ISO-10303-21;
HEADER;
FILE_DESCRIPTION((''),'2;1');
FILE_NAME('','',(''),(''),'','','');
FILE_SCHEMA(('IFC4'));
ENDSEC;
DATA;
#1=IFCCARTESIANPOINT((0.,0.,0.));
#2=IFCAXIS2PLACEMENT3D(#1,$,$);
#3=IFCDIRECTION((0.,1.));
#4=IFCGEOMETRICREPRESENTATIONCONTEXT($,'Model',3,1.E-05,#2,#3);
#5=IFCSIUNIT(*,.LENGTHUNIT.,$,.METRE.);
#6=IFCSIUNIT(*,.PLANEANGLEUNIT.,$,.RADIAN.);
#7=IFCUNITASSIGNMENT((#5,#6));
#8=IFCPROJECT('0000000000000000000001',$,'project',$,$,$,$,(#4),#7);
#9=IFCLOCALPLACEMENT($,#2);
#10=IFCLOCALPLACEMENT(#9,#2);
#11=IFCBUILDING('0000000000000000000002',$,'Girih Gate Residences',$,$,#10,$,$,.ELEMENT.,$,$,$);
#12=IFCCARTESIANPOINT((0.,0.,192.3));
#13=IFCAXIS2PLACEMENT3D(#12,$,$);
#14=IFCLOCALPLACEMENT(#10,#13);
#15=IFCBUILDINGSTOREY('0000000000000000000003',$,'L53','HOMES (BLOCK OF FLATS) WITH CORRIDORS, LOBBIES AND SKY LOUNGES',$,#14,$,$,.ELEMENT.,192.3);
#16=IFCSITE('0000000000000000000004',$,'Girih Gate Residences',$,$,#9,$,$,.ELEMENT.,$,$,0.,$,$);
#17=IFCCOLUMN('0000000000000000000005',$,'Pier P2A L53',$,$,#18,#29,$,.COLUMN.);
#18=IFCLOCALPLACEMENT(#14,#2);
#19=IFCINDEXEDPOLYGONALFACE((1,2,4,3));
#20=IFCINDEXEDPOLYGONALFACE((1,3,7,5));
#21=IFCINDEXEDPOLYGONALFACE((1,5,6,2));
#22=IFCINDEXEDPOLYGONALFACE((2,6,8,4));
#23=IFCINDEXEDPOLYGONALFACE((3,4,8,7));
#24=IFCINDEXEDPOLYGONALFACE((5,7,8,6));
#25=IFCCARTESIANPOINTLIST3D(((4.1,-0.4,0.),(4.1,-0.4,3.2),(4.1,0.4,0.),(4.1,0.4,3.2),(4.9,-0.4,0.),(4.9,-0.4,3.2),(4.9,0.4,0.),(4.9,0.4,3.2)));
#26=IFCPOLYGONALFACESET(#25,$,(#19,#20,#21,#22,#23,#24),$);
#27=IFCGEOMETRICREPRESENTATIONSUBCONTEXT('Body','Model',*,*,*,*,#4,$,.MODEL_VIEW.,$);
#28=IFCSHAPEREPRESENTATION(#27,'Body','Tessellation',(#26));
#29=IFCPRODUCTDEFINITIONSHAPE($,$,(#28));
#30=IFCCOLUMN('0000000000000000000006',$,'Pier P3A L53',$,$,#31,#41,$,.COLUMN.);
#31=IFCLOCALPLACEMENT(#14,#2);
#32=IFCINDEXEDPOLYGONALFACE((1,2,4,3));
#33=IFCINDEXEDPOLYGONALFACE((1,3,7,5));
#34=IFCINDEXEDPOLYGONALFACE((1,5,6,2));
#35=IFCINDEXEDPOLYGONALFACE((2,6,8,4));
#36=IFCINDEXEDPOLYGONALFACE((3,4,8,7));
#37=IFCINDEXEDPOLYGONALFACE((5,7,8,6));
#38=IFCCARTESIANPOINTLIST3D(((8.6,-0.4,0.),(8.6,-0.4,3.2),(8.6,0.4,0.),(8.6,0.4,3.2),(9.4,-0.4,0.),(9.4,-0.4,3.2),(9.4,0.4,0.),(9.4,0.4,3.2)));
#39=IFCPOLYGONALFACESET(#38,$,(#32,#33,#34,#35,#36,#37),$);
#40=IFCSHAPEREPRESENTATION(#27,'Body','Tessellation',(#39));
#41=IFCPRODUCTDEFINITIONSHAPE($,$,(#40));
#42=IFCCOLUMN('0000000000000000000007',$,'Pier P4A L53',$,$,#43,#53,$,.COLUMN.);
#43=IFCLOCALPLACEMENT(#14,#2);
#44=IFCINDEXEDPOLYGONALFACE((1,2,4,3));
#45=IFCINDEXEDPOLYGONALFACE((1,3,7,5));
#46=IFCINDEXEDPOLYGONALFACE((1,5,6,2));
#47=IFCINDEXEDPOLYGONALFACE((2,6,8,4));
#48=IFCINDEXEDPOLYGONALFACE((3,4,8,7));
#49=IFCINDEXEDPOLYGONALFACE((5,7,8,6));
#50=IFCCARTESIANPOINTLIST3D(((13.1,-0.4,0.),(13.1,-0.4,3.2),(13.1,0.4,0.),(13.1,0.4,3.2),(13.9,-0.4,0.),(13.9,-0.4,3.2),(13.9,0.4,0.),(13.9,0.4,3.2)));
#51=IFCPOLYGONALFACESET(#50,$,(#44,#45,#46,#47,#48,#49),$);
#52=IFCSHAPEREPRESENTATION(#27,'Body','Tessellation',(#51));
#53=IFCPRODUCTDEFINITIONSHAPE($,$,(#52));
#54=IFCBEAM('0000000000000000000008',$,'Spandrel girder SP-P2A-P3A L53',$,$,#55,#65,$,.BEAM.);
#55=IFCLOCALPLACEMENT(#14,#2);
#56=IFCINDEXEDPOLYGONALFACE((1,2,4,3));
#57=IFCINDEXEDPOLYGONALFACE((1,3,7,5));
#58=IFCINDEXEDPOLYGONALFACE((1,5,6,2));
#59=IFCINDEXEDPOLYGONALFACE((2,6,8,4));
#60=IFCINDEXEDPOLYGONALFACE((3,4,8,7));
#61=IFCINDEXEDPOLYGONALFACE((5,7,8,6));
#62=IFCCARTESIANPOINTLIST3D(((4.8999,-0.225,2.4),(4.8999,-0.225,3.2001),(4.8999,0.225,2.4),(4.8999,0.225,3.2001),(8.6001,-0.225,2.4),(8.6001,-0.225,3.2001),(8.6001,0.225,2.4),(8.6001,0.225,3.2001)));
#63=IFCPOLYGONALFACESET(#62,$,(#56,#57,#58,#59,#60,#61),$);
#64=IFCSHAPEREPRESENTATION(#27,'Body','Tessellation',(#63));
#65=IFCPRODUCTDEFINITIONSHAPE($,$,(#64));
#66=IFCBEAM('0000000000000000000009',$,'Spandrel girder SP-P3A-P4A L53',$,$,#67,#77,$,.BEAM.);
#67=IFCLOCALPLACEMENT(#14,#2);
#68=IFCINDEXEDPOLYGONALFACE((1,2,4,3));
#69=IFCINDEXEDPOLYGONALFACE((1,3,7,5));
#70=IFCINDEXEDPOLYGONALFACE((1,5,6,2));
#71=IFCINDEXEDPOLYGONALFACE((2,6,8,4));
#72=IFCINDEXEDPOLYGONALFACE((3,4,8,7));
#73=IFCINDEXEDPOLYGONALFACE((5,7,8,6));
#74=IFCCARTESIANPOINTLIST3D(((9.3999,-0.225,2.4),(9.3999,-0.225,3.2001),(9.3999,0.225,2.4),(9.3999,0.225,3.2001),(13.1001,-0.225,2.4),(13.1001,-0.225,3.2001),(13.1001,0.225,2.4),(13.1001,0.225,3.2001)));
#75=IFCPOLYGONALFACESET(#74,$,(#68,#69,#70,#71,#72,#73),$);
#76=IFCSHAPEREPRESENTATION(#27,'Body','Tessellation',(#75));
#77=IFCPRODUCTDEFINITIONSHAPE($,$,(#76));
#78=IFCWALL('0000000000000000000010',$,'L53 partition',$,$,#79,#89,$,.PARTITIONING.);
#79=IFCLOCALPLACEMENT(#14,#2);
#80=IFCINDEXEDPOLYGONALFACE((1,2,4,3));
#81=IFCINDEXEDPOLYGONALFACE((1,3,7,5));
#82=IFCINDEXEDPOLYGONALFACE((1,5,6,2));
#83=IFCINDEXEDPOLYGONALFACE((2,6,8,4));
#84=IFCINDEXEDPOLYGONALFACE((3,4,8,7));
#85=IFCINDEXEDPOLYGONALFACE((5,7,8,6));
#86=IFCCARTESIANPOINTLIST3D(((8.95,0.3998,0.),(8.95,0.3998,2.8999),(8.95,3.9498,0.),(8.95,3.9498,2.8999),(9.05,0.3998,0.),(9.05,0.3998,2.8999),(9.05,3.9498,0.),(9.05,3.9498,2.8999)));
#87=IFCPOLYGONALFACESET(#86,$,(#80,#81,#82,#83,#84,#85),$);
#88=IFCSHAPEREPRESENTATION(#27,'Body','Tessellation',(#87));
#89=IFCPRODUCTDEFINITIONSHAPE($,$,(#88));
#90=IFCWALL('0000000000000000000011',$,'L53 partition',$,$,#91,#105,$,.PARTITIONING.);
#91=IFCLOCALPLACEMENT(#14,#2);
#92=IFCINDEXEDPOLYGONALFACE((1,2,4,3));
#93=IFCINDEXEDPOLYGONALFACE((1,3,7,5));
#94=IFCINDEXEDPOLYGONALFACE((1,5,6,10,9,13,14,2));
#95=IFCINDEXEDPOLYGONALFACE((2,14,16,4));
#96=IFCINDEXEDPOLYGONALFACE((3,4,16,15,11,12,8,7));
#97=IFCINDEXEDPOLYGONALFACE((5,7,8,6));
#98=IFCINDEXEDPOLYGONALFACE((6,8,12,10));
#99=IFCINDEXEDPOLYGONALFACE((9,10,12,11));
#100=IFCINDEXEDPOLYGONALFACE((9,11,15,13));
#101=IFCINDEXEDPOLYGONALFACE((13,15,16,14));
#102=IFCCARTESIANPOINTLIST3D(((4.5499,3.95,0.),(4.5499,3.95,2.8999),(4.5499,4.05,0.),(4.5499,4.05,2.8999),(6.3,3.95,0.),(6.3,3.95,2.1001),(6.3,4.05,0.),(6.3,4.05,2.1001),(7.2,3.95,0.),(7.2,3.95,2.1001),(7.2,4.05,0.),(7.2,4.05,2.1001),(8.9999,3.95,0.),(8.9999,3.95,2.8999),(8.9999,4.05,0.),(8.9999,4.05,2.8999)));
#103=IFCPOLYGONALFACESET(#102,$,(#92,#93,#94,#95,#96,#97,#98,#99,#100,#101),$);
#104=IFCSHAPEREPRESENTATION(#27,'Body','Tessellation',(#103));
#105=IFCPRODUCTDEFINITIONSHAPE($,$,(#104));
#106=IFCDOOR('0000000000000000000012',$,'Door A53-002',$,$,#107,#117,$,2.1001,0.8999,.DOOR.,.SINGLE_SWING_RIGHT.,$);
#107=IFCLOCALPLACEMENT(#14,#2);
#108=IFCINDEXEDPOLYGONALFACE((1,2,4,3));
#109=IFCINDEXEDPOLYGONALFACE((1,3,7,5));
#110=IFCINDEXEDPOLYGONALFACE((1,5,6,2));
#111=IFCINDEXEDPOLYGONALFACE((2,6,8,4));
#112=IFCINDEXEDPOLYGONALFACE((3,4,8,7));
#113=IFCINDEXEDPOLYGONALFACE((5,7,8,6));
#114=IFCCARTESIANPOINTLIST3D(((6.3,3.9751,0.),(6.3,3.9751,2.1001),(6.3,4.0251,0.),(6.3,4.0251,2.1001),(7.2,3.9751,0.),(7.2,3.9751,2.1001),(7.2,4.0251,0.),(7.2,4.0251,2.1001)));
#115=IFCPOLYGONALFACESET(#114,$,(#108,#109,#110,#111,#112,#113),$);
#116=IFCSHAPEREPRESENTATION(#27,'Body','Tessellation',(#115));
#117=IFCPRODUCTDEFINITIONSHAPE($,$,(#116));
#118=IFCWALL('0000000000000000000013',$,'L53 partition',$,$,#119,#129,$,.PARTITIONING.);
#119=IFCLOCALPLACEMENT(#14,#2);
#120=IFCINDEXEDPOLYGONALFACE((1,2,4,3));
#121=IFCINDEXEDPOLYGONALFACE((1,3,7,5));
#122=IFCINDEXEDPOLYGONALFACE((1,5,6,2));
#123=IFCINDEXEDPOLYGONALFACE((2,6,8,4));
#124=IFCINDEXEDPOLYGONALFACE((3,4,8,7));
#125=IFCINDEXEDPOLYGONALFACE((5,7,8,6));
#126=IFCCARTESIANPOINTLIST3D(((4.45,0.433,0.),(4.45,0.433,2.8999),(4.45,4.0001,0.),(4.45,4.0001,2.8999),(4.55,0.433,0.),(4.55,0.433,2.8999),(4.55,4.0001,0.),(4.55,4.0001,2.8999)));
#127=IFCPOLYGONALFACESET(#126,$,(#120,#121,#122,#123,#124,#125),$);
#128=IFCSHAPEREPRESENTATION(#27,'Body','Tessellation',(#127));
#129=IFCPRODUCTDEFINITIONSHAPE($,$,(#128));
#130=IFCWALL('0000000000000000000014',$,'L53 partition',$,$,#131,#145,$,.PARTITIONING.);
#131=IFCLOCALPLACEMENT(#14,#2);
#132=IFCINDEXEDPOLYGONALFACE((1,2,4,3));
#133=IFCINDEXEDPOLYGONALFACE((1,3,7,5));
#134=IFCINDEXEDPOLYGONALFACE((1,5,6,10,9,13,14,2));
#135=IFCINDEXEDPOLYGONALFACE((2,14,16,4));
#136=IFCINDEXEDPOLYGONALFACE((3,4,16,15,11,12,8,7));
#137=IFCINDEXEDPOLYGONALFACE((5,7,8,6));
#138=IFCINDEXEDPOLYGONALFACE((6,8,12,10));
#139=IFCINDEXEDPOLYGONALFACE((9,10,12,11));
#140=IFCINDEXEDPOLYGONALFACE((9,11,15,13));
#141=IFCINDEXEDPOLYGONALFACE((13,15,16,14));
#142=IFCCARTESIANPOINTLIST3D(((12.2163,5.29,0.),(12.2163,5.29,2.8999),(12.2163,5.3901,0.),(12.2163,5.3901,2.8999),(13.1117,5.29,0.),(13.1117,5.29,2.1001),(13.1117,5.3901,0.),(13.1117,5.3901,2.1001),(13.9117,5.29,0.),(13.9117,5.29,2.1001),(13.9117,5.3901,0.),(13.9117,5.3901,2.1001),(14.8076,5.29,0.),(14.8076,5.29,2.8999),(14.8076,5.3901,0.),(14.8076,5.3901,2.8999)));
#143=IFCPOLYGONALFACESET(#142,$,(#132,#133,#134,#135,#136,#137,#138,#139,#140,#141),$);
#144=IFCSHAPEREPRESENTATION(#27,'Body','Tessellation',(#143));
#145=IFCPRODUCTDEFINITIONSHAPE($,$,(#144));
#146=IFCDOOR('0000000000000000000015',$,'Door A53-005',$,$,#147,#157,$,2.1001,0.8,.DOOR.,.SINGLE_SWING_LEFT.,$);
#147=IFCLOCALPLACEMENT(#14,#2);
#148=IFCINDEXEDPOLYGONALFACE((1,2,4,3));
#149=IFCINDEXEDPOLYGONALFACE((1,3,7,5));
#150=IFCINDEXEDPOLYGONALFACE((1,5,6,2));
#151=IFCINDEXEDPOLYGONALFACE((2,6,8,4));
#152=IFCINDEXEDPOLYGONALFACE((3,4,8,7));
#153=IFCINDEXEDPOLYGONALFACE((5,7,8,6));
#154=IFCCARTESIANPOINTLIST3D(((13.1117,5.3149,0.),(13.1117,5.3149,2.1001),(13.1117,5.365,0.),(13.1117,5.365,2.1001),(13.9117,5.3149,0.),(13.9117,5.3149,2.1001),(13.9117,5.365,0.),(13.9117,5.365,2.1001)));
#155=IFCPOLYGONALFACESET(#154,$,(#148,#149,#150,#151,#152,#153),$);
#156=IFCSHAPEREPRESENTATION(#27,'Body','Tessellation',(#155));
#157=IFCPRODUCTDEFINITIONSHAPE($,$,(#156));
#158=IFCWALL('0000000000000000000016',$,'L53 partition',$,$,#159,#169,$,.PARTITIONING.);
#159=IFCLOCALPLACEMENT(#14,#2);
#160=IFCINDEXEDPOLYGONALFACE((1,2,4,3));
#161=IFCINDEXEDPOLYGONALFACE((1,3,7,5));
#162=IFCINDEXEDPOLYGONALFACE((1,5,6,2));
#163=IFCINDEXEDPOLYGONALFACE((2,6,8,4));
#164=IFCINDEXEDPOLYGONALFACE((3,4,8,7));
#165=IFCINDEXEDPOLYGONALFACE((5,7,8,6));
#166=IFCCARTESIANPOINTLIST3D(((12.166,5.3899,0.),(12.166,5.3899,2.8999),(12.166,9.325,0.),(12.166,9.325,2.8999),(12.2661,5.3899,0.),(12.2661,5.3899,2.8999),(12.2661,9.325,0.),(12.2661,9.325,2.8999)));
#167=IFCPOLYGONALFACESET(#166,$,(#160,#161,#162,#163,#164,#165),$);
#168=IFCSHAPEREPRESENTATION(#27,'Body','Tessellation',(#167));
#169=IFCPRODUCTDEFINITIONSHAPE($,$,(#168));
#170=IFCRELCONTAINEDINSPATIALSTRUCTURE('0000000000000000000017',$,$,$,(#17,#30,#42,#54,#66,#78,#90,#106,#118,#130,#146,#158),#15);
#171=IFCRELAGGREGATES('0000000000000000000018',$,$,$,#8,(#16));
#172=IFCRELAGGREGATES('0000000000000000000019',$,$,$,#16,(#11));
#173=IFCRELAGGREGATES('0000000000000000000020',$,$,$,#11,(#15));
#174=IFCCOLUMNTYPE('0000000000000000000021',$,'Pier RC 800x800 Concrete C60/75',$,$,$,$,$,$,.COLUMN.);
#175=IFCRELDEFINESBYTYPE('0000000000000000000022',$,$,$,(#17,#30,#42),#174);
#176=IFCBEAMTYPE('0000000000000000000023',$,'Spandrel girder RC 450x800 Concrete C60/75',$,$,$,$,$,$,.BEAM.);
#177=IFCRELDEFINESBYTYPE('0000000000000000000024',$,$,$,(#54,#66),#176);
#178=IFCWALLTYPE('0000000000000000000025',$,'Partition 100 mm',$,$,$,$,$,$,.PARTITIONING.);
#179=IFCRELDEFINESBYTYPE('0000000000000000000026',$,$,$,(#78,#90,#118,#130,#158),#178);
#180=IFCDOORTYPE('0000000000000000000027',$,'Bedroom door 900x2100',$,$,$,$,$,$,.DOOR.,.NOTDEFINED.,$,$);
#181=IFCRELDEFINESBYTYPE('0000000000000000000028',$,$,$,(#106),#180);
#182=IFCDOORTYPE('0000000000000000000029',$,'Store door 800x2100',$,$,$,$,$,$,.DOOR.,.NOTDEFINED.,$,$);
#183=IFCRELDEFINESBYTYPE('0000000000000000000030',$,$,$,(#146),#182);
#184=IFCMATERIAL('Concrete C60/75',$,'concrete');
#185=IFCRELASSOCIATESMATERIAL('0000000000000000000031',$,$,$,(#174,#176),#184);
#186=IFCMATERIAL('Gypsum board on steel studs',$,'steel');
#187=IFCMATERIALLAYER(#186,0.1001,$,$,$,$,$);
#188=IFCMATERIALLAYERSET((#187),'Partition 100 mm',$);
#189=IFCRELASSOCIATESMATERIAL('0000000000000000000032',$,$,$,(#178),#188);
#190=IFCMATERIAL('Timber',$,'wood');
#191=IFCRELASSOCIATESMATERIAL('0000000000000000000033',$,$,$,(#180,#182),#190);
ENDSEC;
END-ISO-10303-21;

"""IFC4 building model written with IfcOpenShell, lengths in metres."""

from ifc_helpers import new_model, si_unit, direction, frame, frame_2d, origin, origin_2d, place, context, subcontext, project, spatial, rectangle, extrude, material, layer, layer_set, material_profile, profile_set, type_object, element, fill, save


model = new_model("IFC4")

# Units and contexts
model_context = context("Model", 3, precision=1e-05, world=origin(), true_north=direction((0.0, 1.0)))
body_context = subcontext(model_context, "Body", "Model", "MODEL_VIEW")
ifc_project = project(units=[si_unit("LENGTHUNIT", "METRE"), si_unit("PLANEANGLEUNIT", "RADIAN")], contexts=[model_context])

# Site, building, storey
site_placement = place(None, origin())
site = spatial("IfcSite", under=ifc_project, at=site_placement, Name="Girih Gate Residences", CompositionType="ELEMENT", RefElevation=0.0)
building_placement = place(site_placement, origin())
building = spatial("IfcBuilding", under=site, at=building_placement, Name="Girih Gate Residences", CompositionType="ELEMENT")
storey_placement = place(building_placement, frame((0.0, 0.0, 192.3)))
storey = spatial("IfcBuildingStorey", under=building, at=storey_placement, Name="L53", Description="HOMES (BLOCK OF FLATS) WITH CORRIDORS, LOBBIES AND SKY LOUNGES", CompositionType="ELEMENT", Elevation=192.3)

# Columns
ifc_material_1 = material(Name="Concrete C60/75", Category="concrete")
ifc_material_profile_1 = material_profile(ifc_material_1, rectangle(XDim=0.8, YDim=0.8, at=origin_2d()))
ifc_profile_set_1 = profile_set([ifc_material_profile_1], Name="Concrete C60/75")
column_type = type_object("IfcColumnType", Name="Pier RC 800x800 Concrete C60/75", PredefinedType="COLUMN", material=ifc_profile_set_1)
for number, where, z_axis, x_axis, name in (
    (1, (4.5, 0.0, 0.0), (0.0, 0.0, 1.0), (1.0, 0.0, 0.0), "Pier P2A L53"),
    (2, (9.0, 0.0, 0.0), (0.0, 0.0, 1.0), (1.0, 0.0, 0.0), "Pier P3A L53"),
    (3, (13.5, 0.0, 0.0), (0.0, 0.0, 1.0), (1.0, 0.0, 0.0), "Pier P4A L53"),
):
    element("IfcColumn", number, at=place(storey_placement, frame(where, z_axis=z_axis, x_axis=x_axis)), inside=storey, type_object=column_type, Name=name, PredefinedType="COLUMN", context=body_context, shape_type="SweptSolid", body=[
        extrude(rectangle(XDim=0.8, YDim=0.8, at=origin_2d()), origin(), (0.0, 0.0, 1.0), 3.2),
    ])

# Beams
ifc_material_profile_2 = material_profile(ifc_material_1, rectangle(XDim=0.45, YDim=0.8, at=origin_2d()))
ifc_profile_set_2 = profile_set([ifc_material_profile_2], Name="Concrete C60/75")
beam_type = type_object("IfcBeamType", Name="Spandrel girder RC 450x800 Concrete C60/75", PredefinedType="BEAM", material=ifc_profile_set_2)
for number, where, z_axis, x_axis, name in (
    (4, (4.8999, 0.0, 2.8), (1.0, 0.0, 0.0), (0.0, 1.0, 0.0), "Spandrel girder SP-P2A-P3A L53"),
    (5, (9.3999, 0.0, 2.8), (1.0, 0.0, 0.0), (0.0, 1.0, 0.0), "Spandrel girder SP-P3A-P4A L53"),
):
    element("IfcBeam", number, at=place(storey_placement, frame(where, z_axis=z_axis, x_axis=x_axis)), inside=storey, type_object=beam_type, Name=name, PredefinedType="BEAM", context=body_context, shape_type="SweptSolid", body=[
        extrude(rectangle(XDim=0.45, YDim=0.8, at=origin_2d()), origin(), (0.0, 0.0, 1.0), 3.7002),
    ])

# Wall
ifc_material_2 = material(Name="Gypsum board on steel studs", Category="steel")
ifc_layer_1 = layer(ifc_material_2, 0.1001)
ifc_layer_set_1 = layer_set([ifc_layer_1], Name="Partition 100 mm")
wall_type_1 = type_object("IfcWallType", Name="Partition 100 mm", PredefinedType="PARTITIONING", material=ifc_layer_set_1)
wall_1_placement = place(storey_placement, frame((9.0, 0.3999, 0.0), z_axis=(0.0, 0.0, 1.0), x_axis=(0.0, 1.0, 0.0)))
element("IfcWall", 6, at=wall_1_placement, inside=storey, type_object=wall_type_1, Name="L53 partition", PredefinedType="PARTITIONING", context=body_context, shape_type="SweptSolid", body=[
    extrude(rectangle(XDim=3.55, YDim=0.1001, at=frame_2d((1.7749, 0.0))), origin(), (0.0, 0.0, 1.0), 2.8999),
])

# Wall, opening, door
wall_2_placement = place(storey_placement, frame((9.0, 4.0, 0.0), z_axis=(0.0, 0.0, 1.0), x_axis=(-1.0, 0.0, 0.0)))
wall_2 = element("IfcWall", 7, at=wall_2_placement, inside=storey, type_object=wall_type_1, Name="L53 partition", PredefinedType="PARTITIONING", context=body_context, shape_type="SweptSolid", body=[
    extrude(rectangle(XDim=4.45, YDim=0.1001, at=frame_2d((2.2251, 0.0))), origin(), (0.0, 0.0, 1.0), 2.8999),
])
opening_1_placement = place(wall_2_placement, frame((1.8, 0.0, 0.0)))
opening_1 = element("IfcOpeningElement", 8, at=opening_1_placement, cuts=wall_2, PredefinedType="OPENING", context=body_context, shape_type="SweptSolid", body=[
    extrude(rectangle(XDim=0.8999, YDim=2.1001, at=frame_2d((0.45, 1.05))), frame((0.0, 0.0601, 0.0), z_axis=(0.0, -1.0, 0.0), x_axis=(1.0, 0.0, 0.0)), (0.0, 0.0, 1.0), 0.1201),
])
ifc_material_3 = material(Name="Timber", Category="wood")
door_type_1 = type_object("IfcDoorType", Name="Bedroom door 900x2100", OperationType="NOTDEFINED", PredefinedType="DOOR", material=ifc_material_3)
door_1_placement = place(opening_1_placement, origin())
door_1 = element("IfcDoor", 9, at=door_1_placement, inside=storey, type_object=door_type_1, Name="Door A53-002", OperationType="SINGLE_SWING_RIGHT", OverallHeight=2.1001, OverallWidth=0.8999, PredefinedType="DOOR", context=body_context, shape_type="SweptSolid", body=[
    extrude(rectangle(XDim=0.8999, YDim=2.1001, at=frame_2d((0.45, 1.05))), frame((0.0, 0.0249, 0.0), z_axis=(0.0, -1.0, 0.0), x_axis=(1.0, 0.0, 0.0)), (0.0, 0.0, 1.0), 0.05),
])
fill(opening_1, door_1)

# Wall
wall_3_placement = place(storey_placement, frame((4.5, 0.4329, 0.0), z_axis=(0.0, 0.0, 1.0), x_axis=(0.0, 1.0, 0.0)))
element("IfcWall", 10, at=wall_3_placement, inside=storey, type_object=wall_type_1, Name="L53 partition", PredefinedType="PARTITIONING", context=body_context, shape_type="SweptSolid", body=[
    extrude(rectangle(XDim=3.5671, YDim=0.1001, at=frame_2d((1.7837, 0.0))), origin(), (0.0, 0.0, 1.0), 2.8999),
])

# Wall, opening, door
wall_4_placement = place(storey_placement, frame((12.2163, 5.3401, 0.0), z_axis=(0.0, 0.0, 1.0), x_axis=(1.0, 0.0, 0.0)))
wall_4 = element("IfcWall", 11, at=wall_4_placement, inside=storey, type_object=wall_type_1, Name="L53 partition", PredefinedType="PARTITIONING", context=body_context, shape_type="SweptSolid", body=[
    extrude(rectangle(XDim=2.5913, YDim=0.1001, at=frame_2d((1.2957, 0.0))), origin(), (0.0, 0.0, 1.0), 2.8999),
])
opening_2_placement = place(wall_4_placement, frame((0.8955, 0.0, 0.0)))
opening_2 = element("IfcOpeningElement", 12, at=opening_2_placement, cuts=wall_4, PredefinedType="OPENING", context=body_context, shape_type="SweptSolid", body=[
    extrude(rectangle(XDim=0.8, YDim=2.1001, at=frame_2d((0.3999, 1.05))), frame((0.0, 0.0601, 0.0), z_axis=(0.0, -1.0, 0.0), x_axis=(1.0, 0.0, 0.0)), (0.0, 0.0, 1.0), 0.1201),
])
door_type_2 = type_object("IfcDoorType", Name="Store door 800x2100", OperationType="NOTDEFINED", PredefinedType="DOOR", material=ifc_material_3)
door_2_placement = place(opening_2_placement, origin())
door_2 = element("IfcDoor", 13, at=door_2_placement, inside=storey, type_object=door_type_2, Name="Door A53-005", OperationType="SINGLE_SWING_LEFT", OverallHeight=2.1001, OverallWidth=0.8, PredefinedType="DOOR", context=body_context, shape_type="SweptSolid", body=[
    extrude(rectangle(XDim=0.8, YDim=2.1001, at=frame_2d((0.3999, 1.05))), frame((0.0, 0.0249, 0.0), z_axis=(0.0, -1.0, 0.0), x_axis=(1.0, 0.0, 0.0)), (0.0, 0.0, 1.0), 0.05),
])
fill(opening_2, door_2)

# Wall
wall_5_placement = place(storey_placement, frame((12.2161, 5.3899, 0.0), z_axis=(0.0, 0.0, 1.0), x_axis=(0.0, 1.0, 0.0)))
element("IfcWall", 14, at=wall_5_placement, inside=storey, type_object=wall_type_1, Name="L53 partition", PredefinedType="PARTITIONING", context=body_context, shape_type="SweptSolid", body=[
    extrude(rectangle(XDim=3.9351, YDim=0.1001, at=frame_2d((1.9675, 0.0))), origin(), (0.0, 0.0, 1.0), 2.8999),
])

save(model, "model.ifc")
